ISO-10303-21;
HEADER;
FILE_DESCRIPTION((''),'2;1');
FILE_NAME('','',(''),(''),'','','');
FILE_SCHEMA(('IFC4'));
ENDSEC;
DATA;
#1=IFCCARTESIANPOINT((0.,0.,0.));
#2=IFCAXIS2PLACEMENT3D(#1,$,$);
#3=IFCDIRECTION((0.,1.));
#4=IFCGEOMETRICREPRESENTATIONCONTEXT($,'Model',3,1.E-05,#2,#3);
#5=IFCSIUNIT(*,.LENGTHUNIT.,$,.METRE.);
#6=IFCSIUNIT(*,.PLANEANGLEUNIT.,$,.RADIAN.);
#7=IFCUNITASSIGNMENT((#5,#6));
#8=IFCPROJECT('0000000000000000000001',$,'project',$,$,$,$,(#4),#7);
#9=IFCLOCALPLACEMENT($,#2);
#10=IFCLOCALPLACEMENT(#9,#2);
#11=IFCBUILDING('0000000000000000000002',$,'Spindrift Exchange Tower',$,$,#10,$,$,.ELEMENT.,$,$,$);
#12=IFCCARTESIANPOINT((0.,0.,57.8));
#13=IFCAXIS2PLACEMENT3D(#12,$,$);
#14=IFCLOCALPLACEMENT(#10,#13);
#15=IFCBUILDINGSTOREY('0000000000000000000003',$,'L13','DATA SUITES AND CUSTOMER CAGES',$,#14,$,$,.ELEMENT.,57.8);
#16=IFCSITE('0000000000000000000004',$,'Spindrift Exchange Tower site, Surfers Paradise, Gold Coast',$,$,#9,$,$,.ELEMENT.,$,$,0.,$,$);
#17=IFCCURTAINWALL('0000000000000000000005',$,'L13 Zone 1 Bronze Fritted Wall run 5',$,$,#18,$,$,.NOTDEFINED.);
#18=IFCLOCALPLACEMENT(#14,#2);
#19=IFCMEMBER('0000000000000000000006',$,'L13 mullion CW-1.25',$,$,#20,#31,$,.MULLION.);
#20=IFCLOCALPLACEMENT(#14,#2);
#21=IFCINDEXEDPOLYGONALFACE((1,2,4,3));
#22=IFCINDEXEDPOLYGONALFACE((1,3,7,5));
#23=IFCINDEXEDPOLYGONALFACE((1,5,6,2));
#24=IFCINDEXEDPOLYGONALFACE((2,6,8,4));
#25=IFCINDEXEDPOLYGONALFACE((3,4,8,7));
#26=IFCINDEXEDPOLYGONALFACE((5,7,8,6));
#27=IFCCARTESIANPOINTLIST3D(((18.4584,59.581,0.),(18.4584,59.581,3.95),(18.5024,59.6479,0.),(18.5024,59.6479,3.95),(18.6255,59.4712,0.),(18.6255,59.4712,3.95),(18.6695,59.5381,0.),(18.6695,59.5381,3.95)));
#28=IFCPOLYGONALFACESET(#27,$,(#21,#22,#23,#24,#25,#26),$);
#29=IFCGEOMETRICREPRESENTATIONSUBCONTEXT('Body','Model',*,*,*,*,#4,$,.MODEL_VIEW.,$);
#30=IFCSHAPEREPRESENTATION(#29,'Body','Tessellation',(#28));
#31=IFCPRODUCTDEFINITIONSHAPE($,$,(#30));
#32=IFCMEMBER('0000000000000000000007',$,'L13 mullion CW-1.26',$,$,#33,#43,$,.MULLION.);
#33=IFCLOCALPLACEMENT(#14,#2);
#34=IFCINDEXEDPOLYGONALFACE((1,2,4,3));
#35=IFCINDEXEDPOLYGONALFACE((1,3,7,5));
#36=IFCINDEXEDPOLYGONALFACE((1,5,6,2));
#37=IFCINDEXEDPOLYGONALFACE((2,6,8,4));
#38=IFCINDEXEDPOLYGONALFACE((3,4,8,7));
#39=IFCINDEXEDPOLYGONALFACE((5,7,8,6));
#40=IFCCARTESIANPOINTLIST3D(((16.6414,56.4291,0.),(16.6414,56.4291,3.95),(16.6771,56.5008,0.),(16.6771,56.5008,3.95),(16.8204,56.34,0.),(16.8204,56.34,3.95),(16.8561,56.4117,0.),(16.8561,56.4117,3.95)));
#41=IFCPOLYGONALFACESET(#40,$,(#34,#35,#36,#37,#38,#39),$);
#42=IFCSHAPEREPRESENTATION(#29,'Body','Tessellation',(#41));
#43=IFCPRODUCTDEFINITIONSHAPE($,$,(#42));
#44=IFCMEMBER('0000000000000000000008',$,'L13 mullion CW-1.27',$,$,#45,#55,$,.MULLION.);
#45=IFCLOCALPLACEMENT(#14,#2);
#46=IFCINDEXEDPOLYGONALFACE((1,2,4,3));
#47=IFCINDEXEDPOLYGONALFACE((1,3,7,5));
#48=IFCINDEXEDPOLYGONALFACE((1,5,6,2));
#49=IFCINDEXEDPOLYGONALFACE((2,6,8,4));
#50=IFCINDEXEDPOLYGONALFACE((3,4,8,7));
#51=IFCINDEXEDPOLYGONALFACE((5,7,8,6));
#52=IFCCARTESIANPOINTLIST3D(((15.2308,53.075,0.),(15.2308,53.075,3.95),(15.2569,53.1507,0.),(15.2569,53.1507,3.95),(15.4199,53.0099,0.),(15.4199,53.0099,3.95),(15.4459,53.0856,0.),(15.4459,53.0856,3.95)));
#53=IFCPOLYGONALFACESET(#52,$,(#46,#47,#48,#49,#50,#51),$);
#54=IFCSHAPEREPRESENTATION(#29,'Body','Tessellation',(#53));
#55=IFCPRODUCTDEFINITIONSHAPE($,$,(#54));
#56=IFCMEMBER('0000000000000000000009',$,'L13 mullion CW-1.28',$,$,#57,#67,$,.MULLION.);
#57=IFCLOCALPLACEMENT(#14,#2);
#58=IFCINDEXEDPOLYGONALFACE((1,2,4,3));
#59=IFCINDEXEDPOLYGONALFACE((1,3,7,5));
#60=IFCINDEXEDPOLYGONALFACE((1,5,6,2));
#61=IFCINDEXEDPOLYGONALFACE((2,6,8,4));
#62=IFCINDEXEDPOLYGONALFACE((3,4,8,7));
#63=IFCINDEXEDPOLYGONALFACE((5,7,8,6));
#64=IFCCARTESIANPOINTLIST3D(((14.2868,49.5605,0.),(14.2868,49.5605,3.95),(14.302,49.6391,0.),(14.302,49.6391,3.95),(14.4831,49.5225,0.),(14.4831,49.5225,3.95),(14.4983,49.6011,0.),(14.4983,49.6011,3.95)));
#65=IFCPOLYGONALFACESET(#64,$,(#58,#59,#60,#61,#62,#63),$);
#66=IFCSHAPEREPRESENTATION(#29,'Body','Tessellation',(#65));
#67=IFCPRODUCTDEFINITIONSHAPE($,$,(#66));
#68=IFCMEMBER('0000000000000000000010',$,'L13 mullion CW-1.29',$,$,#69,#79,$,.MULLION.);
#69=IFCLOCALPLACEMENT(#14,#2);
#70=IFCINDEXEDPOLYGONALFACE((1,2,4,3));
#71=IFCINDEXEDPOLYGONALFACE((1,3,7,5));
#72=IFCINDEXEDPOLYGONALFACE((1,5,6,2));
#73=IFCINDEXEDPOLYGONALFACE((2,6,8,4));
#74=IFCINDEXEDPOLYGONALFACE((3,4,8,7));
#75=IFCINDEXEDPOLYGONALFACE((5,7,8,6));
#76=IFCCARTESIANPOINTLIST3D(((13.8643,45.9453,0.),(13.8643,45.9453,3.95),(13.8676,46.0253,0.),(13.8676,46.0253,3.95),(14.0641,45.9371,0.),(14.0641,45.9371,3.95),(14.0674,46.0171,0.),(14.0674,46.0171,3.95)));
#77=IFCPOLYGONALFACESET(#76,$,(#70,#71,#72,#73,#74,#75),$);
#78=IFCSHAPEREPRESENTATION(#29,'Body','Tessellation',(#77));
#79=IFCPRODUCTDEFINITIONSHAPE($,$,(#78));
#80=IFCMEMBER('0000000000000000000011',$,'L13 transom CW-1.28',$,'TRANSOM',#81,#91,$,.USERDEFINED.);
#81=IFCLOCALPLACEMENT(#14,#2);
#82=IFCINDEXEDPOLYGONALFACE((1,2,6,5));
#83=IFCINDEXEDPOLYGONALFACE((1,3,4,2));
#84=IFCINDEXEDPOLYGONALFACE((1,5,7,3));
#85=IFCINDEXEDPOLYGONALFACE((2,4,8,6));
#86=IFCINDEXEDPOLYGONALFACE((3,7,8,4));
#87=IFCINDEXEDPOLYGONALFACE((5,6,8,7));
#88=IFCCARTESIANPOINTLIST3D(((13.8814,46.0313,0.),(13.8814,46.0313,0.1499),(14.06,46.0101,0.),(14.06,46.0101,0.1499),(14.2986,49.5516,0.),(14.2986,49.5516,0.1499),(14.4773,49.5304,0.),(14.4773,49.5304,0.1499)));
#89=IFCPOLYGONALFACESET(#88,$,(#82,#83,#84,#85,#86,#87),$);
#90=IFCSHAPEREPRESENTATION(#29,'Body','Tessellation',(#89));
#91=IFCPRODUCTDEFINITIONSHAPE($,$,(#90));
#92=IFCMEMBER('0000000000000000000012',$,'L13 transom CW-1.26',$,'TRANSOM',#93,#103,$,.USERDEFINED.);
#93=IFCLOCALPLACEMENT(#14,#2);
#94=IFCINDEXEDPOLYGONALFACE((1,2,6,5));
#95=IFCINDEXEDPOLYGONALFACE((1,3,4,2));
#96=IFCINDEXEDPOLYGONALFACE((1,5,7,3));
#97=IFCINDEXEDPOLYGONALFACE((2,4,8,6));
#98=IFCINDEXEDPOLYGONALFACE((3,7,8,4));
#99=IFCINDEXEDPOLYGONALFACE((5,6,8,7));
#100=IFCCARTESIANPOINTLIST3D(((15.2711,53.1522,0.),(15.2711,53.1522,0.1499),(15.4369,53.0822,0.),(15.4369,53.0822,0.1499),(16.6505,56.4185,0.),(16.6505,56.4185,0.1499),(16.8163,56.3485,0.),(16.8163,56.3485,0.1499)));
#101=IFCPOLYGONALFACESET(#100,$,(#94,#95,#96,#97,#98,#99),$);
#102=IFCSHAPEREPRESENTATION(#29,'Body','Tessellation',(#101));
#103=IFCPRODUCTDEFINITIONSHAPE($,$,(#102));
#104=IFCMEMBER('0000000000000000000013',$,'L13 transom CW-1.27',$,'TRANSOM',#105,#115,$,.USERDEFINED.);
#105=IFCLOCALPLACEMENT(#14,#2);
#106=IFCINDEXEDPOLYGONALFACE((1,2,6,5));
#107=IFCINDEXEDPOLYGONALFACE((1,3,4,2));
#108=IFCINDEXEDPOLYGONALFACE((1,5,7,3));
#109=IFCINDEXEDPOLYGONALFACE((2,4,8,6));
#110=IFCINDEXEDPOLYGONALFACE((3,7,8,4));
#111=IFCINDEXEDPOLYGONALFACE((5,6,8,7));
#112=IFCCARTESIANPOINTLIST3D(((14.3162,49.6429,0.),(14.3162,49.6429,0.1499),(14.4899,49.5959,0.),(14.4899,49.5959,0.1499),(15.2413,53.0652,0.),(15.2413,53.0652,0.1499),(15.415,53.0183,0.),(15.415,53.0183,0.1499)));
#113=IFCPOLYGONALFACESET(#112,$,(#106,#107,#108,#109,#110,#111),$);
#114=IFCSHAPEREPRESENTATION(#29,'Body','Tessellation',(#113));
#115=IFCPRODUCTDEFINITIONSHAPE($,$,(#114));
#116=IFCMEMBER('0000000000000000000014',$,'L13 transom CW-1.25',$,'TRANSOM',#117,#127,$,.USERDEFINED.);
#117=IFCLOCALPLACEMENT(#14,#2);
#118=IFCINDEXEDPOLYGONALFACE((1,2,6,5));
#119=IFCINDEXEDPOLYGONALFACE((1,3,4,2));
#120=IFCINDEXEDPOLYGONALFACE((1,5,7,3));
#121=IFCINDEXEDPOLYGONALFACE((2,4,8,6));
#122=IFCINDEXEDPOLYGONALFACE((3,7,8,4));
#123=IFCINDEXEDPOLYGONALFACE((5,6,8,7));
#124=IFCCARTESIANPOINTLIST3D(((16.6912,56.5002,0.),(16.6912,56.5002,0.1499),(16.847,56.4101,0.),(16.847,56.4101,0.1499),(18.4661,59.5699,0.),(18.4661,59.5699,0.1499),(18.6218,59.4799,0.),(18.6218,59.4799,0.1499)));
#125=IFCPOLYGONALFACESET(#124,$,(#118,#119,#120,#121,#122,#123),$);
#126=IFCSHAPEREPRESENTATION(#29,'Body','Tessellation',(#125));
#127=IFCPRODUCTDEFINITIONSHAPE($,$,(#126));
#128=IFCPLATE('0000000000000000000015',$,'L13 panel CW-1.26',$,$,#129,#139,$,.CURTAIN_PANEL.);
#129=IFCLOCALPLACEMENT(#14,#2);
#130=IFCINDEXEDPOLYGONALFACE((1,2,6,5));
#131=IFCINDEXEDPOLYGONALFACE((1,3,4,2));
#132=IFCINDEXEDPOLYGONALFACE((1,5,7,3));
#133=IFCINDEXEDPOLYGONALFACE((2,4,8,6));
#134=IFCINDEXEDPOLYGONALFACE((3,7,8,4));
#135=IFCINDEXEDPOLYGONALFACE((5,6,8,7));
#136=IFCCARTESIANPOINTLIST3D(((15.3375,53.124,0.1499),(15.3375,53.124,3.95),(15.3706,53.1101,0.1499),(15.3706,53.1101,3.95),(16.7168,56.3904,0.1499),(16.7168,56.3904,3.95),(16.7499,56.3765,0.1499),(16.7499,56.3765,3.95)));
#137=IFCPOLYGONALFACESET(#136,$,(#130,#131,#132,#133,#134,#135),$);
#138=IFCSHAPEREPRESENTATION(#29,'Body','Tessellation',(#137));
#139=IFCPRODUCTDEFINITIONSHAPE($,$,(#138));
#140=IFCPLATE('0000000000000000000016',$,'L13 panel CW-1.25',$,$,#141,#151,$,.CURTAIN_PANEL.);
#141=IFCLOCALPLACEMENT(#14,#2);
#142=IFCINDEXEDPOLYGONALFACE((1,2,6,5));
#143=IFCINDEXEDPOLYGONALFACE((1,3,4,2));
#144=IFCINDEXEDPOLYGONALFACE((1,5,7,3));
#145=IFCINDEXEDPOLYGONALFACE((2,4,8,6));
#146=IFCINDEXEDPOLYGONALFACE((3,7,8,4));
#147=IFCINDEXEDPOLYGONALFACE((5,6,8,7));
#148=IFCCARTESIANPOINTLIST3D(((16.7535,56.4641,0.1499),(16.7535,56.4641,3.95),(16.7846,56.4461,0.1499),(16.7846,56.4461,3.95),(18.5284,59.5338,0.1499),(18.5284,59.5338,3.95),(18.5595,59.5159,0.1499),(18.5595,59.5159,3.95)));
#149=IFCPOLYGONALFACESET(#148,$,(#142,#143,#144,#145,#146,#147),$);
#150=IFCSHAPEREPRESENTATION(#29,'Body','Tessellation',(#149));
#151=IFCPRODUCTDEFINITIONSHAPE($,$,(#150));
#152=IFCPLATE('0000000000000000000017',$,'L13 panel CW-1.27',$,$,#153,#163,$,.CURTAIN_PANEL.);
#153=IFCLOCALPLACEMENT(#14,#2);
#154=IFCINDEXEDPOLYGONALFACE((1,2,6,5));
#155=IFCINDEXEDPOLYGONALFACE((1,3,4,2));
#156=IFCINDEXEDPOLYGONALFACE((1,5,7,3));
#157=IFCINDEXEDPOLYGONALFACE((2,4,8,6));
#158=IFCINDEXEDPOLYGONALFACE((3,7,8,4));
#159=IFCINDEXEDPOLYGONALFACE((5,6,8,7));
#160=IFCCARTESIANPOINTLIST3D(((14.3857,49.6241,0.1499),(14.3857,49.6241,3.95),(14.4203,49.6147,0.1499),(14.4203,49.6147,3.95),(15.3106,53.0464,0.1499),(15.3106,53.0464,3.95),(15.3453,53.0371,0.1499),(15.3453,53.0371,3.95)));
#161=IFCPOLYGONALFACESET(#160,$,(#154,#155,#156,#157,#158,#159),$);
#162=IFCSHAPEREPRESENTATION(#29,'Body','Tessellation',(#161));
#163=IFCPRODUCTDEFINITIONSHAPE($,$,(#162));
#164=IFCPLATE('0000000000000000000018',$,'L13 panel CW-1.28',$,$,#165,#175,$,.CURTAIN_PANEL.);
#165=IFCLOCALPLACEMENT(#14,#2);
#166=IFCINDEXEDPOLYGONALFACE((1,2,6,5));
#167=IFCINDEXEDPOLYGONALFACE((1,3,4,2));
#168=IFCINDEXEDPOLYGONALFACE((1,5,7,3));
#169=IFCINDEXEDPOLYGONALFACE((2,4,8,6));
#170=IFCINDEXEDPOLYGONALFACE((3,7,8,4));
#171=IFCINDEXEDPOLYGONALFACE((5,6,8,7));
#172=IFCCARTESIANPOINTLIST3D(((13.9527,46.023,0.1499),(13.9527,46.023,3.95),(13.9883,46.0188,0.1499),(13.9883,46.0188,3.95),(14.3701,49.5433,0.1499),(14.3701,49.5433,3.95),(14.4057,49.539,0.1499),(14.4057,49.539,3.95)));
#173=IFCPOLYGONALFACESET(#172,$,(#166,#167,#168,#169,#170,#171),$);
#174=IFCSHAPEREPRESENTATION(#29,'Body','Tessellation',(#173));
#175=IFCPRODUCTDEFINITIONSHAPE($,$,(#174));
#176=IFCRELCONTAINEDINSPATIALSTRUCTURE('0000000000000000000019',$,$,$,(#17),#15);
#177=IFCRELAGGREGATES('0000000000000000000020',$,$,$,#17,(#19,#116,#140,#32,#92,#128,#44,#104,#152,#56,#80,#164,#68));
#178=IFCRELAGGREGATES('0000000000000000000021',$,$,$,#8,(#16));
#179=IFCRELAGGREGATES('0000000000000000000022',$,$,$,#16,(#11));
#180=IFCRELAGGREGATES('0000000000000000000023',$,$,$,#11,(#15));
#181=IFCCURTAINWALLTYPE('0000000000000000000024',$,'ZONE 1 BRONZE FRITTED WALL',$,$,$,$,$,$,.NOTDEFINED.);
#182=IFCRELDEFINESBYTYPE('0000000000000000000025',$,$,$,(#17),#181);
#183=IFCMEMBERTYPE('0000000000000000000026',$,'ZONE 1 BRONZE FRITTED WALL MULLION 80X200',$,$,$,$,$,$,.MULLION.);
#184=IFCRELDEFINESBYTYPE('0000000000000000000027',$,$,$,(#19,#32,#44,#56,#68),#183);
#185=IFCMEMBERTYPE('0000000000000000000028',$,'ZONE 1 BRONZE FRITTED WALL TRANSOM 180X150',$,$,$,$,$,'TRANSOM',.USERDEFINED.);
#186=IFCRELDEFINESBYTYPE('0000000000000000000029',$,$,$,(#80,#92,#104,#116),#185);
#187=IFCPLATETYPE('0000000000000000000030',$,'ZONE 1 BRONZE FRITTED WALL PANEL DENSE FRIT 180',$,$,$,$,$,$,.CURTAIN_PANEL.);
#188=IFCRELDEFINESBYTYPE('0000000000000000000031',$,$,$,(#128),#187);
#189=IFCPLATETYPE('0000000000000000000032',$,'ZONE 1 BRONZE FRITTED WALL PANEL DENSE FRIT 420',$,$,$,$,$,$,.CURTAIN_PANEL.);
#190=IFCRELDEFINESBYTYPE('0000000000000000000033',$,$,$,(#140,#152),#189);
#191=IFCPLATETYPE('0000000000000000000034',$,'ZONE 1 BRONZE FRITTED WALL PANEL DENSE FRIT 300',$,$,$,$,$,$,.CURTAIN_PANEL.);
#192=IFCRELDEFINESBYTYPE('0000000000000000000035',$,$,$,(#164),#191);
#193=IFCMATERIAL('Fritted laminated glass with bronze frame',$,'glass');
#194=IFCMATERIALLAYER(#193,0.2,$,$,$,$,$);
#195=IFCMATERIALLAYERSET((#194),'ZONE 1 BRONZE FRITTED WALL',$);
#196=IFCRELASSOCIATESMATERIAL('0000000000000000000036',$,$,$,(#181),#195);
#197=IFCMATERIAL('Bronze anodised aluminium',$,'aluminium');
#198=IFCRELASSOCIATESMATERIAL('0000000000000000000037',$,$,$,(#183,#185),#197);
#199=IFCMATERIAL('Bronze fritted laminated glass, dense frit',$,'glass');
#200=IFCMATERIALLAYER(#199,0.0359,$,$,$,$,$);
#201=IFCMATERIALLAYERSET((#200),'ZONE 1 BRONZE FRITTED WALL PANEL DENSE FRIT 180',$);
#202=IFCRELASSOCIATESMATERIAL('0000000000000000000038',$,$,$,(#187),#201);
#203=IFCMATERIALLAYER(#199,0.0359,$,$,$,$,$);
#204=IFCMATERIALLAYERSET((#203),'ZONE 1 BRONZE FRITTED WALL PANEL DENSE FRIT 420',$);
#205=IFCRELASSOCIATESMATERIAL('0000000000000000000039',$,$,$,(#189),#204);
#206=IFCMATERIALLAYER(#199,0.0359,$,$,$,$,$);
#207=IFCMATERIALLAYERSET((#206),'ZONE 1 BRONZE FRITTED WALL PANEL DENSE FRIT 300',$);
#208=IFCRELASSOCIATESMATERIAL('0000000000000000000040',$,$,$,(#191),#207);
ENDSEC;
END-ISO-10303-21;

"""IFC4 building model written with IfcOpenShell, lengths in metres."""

from ifc_helpers import new_model, si_unit, direction, frame, origin, origin_2d, place, context, subcontext, project, spatial, rectangle, extrude, source, transform, mapped, material, layer, layer_set, material_profile, profile_set, type_object, element, aggregate, save


model = new_model("IFC4")

# Units and contexts
model_context = context("Model", 3, precision=1e-05, world=origin(), true_north=direction((0.0, 1.0)))
body_context = subcontext(model_context, "Body", "Model", "MODEL_VIEW")
ifc_project = project(units=[si_unit("LENGTHUNIT", "METRE"), si_unit("PLANEANGLEUNIT", "RADIAN")], contexts=[model_context])

# Site, building, storey
site_placement = place(None, origin())
site = spatial("IfcSite", under=ifc_project, at=site_placement, Name="Spindrift Exchange Tower site, Surfers Paradise, Gold Coast", CompositionType="ELEMENT", RefElevation=0.0)
building_placement = place(site_placement, origin())
building = spatial("IfcBuilding", under=site, at=building_placement, Name="Spindrift Exchange Tower", CompositionType="ELEMENT")
storey_placement = place(building_placement, frame((0.0, 0.0, 57.8)))
storey = spatial("IfcBuildingStorey", under=building, at=storey_placement, Name="L13", Description="DATA SUITES AND CUSTOMER CAGES", CompositionType="ELEMENT", Elevation=57.8)

# Curtain wall, members, plates
ifc_material_1 = material(Name="Fritted laminated glass with bronze frame", Category="glass")
ifc_layer_1 = layer(ifc_material_1, 0.2)
ifc_layer_set_1 = layer_set([ifc_layer_1], Name="ZONE 1 BRONZE FRITTED WALL")
curtain_wall_type = type_object("IfcCurtainWallType", Name="ZONE 1 BRONZE FRITTED WALL", PredefinedType="NOTDEFINED", material=ifc_layer_set_1)
curtain_wall_placement = place(storey_placement, origin())
curtain_wall = element("IfcCurtainWall", 1, at=curtain_wall_placement, inside=storey, type_object=curtain_wall_type, Name="L13 Zone 1 Bronze Fritted Wall run 5", PredefinedType="NOTDEFINED")
ifc_material_2 = material(Name="Bronze anodised aluminium", Category="aluminium")
ifc_material_profile_1 = material_profile(ifc_material_2, rectangle(XDim=0.0801, YDim=0.2, at=origin_2d()), Name="ZONE 1 BRONZE FRITTED WALL MULLION 80X200")
ifc_profile_set_1 = profile_set([ifc_material_profile_1], Name="Bronze anodised aluminium")
member_type_1 = type_object("IfcMemberType", Name="ZONE 1 BRONZE FRITTED WALL MULLION 80X200", PredefinedType="MULLION", material=ifc_profile_set_1)
shared_shape_1 = source(origin(), body_context, "Body", "SweptSolid", [
    extrude(rectangle(XDim=0.0801, YDim=0.2, at=origin_2d()), origin(), (0.0, 0.0, 1.0), 3.95),
])
member_1_placement = place(storey_placement, frame((18.564, 59.5596, 0.0), z_axis=(0.0, 0.0, 1.0), x_axis=(-0.549162, -0.835716, 0.0)))
member_1 = element("IfcMember", 2, at=member_1_placement, type_object=member_type_1, Name="L13 mullion CW-1.25", PredefinedType="MULLION", context=body_context, shape_type="MappedRepresentation", body=[
    mapped(shared_shape_1, transform((0.0, 0.0, 0.0), scale=1.0)),
])
member_2_placement = place(storey_placement, frame((16.7488, 56.4204, 0.0), z_axis=(0.0, 0.0, 1.0), x_axis=(-0.44564, -0.895212, 0.0)))
member_2 = element("IfcMember", 3, at=member_2_placement, type_object=member_type_1, Name="L13 mullion CW-1.26", PredefinedType="MULLION", context=body_context, shape_type="MappedRepresentation", body=[
    mapped(shared_shape_1, transform((0.0, 0.0, 0.0), scale=1.0)),
])
member_3_placement = place(storey_placement, frame((15.3384, 53.0803, 0.0), z_axis=(0.0, 0.0, 1.0), x_axis=(-0.3257, -0.945473, 0.0)))
member_3 = element("IfcMember", 4, at=member_3_placement, type_object=member_type_1, Name="L13 mullion CW-1.27", PredefinedType="MULLION", context=body_context, shape_type="MappedRepresentation", body=[
    mapped(shared_shape_1, transform((0.0, 0.0, 0.0), scale=1.0)),
])
member_4_placement = place(storey_placement, frame((14.3926, 49.5808, 0.0), z_axis=(0.0, 0.0, 1.0), x_axis=(-0.189827, -0.981818, 0.0)))
member_4 = element("IfcMember", 5, at=member_4_placement, type_object=member_type_1, Name="L13 mullion CW-1.28", PredefinedType="MULLION", context=body_context, shape_type="MappedRepresentation", body=[
    mapped(shared_shape_1, transform((0.0, 0.0, 0.0), scale=1.0)),
])
member_5_placement = place(storey_placement, frame((13.9658, 45.9812, 0.0), z_axis=(0.0, 0.0, 1.0), x_axis=(-0.040908, -0.999163, 0.0)))
member_5 = element("IfcMember", 6, at=member_5_placement, type_object=member_type_1, Name="L13 mullion CW-1.29", PredefinedType="MULLION", context=body_context, shape_type="MappedRepresentation", body=[
    mapped(shared_shape_1, transform((0.0, 0.0, 0.0), scale=1.0)),
])
ifc_material_profile_2 = material_profile(ifc_material_2, rectangle(XDim=0.1799, YDim=0.1499, at=origin_2d()), Name="ZONE 1 BRONZE FRITTED WALL TRANSOM 180X150")
ifc_profile_set_2 = profile_set([ifc_material_profile_2], Name="Bronze anodised aluminium")
member_type_2 = type_object("IfcMemberType", Name="ZONE 1 BRONZE FRITTED WALL TRANSOM 180X150", ElementType="TRANSOM", PredefinedType="USERDEFINED", material=ifc_profile_set_2)
shared_shape_2 = source(origin(), body_context, "Body", "SweptSolid", [
    extrude(rectangle(XDim=0.1799, YDim=0.1499, at=origin_2d()), origin(), (0.0, 0.0, 1.0), 3.5449),
])
member_6_placement = place(storey_placement, frame((14.3879, 49.541, 0.075), z_axis=(-0.1177, -0.993049, 0.0), x_axis=(0.993049, -0.1177, 0.0)))
member_6 = element("IfcMember", 7, at=member_6_placement, type_object=member_type_2, Name="L13 transom CW-1.28", ObjectType="TRANSOM", PredefinedType="USERDEFINED", context=body_context, shape_type="MappedRepresentation", body=[
    mapped(shared_shape_2, transform((0.0, 0.0, 0.0), scale=1.0)),
])
shared_shape_3 = source(origin(), body_context, "Body", "SweptSolid", [
    extrude(rectangle(XDim=0.1799, YDim=0.1499, at=origin_2d()), origin(), (0.0, 0.0, 1.0), 3.5457),
])
member_7_placement = place(storey_placement, frame((16.7334, 56.3835, 0.075), z_axis=(-0.389036, -0.921223, 0.0), x_axis=(0.921223, -0.389036, 0.0)))
member_7 = element("IfcMember", 8, at=member_7_placement, type_object=member_type_2, Name="L13 transom CW-1.26", ObjectType="TRANSOM", PredefinedType="USERDEFINED", context=body_context, shape_type="MappedRepresentation", body=[
    mapped(shared_shape_3, transform((0.0, 0.0, 0.0), scale=1.0)),
])
shared_shape_4 = source(origin(), body_context, "Body", "SweptSolid", [
    extrude(rectangle(XDim=0.1799, YDim=0.1499, at=origin_2d()), origin(), (0.0, 0.0, 1.0), 3.5452),
])
member_8_placement = place(storey_placement, frame((15.3281, 53.0417, 0.075), z_axis=(-0.260932, -0.965357, 0.0), x_axis=(0.965357, -0.260932, 0.0)))
member_8 = element("IfcMember", 9, at=member_8_placement, type_object=member_type_2, Name="L13 transom CW-1.27", ObjectType="TRANSOM", PredefinedType="USERDEFINED", context=body_context, shape_type="MappedRepresentation", body=[
    mapped(shared_shape_4, transform((0.0, 0.0, 0.0), scale=1.0)),
])
shared_shape_5 = source(origin(), body_context, "Body", "SweptSolid", [
    extrude(rectangle(XDim=0.1799, YDim=0.1499, at=origin_2d()), origin(), (0.0, 0.0, 1.0), 3.5459),
])
member_9_placement = place(storey_placement, frame((18.5439, 59.5249, 0.075), z_axis=(-0.500537, -0.865715, 0.0), x_axis=(0.865715, -0.500537, 0.0)))
member_9 = element("IfcMember", 10, at=member_9_placement, type_object=member_type_2, Name="L13 transom CW-1.25", ObjectType="TRANSOM", PredefinedType="USERDEFINED", context=body_context, shape_type="MappedRepresentation", body=[
    mapped(shared_shape_5, transform((0.0, 0.0, 0.0), scale=1.0)),
])
ifc_material_3 = material(Name="Bronze fritted laminated glass, dense frit", Category="glass")
ifc_layer_2 = layer(ifc_material_3, 0.0359)
ifc_layer_set_2 = layer_set([ifc_layer_2], Name="ZONE 1 BRONZE FRITTED WALL PANEL DENSE FRIT 180")
plate_type_1 = type_object("IfcPlateType", Name="ZONE 1 BRONZE FRITTED WALL PANEL DENSE FRIT 180", PredefinedType="CURTAIN_PANEL", material=ifc_layer_set_2)
shared_shape_6 = source(origin(), body_context, "Body", "SweptSolid", [
    extrude(rectangle(XDim=3.5457, YDim=0.0359, at=origin_2d()), origin(), (0.0, 0.0, 1.0), 3.8),
])
plate_1_placement = place(storey_placement, frame((16.0437, 54.7502, 0.1499), z_axis=(0.0, 0.0, 1.0), x_axis=(-0.389003, -0.921236, 0.0)))
plate_1 = element("IfcPlate", 11, at=plate_1_placement, type_object=plate_type_1, Name="L13 panel CW-1.26", PredefinedType="CURTAIN_PANEL", context=body_context, shape_type="MappedRepresentation", body=[
    mapped(shared_shape_6, transform((0.0, 0.0, 0.0), scale=1.0)),
])
ifc_layer_3 = layer(ifc_material_3, 0.0359)
ifc_layer_set_3 = layer_set([ifc_layer_3], Name="ZONE 1 BRONZE FRITTED WALL PANEL DENSE FRIT 420")
plate_type_2 = type_object("IfcPlateType", Name="ZONE 1 BRONZE FRITTED WALL PANEL DENSE FRIT 420", PredefinedType="CURTAIN_PANEL", material=ifc_layer_set_3)
shared_shape_7 = source(origin(), body_context, "Body", "SweptSolid", [
    extrude(rectangle(XDim=3.5459, YDim=0.0359, at=origin_2d()), origin(), (0.0, 0.0, 1.0), 3.8),
])
plate_2_placement = place(storey_placement, frame((17.6565, 57.99, 0.1499), z_axis=(0.0, 0.0, 1.0), x_axis=(-0.500546, -0.86571, 0.0)))
plate_2 = element("IfcPlate", 12, at=plate_2_placement, type_object=plate_type_2, Name="L13 panel CW-1.25", PredefinedType="CURTAIN_PANEL", context=body_context, shape_type="MappedRepresentation", body=[
    mapped(shared_shape_7, transform((0.0, 0.0, 0.0), scale=1.0)),
])
shared_shape_8 = source(origin(), body_context, "Body", "SweptSolid", [
    extrude(rectangle(XDim=3.5452, YDim=0.0359, at=origin_2d()), origin(), (0.0, 0.0, 1.0), 3.8),
])
plate_3_placement = place(storey_placement, frame((14.8655, 51.3306, 0.1499), z_axis=(0.0, 0.0, 1.0), x_axis=(-0.260899, -0.965366, 0.0)))
plate_3 = element("IfcPlate", 13, at=plate_3_placement, type_object=plate_type_2, Name="L13 panel CW-1.27", PredefinedType="CURTAIN_PANEL", context=body_context, shape_type="MappedRepresentation", body=[
    mapped(shared_shape_8, transform((0.0, 0.0, 0.0), scale=1.0)),
])
ifc_layer_4 = layer(ifc_material_3, 0.0359)
ifc_layer_set_4 = layer_set([ifc_layer_4], Name="ZONE 1 BRONZE FRITTED WALL PANEL DENSE FRIT 300")
plate_type_3 = type_object("IfcPlateType", Name="ZONE 1 BRONZE FRITTED WALL PANEL DENSE FRIT 300", PredefinedType="CURTAIN_PANEL", material=ifc_layer_set_4)
shared_shape_9 = source(origin(), body_context, "Body", "SweptSolid", [
    extrude(rectangle(XDim=3.5449, YDim=0.0359, at=origin_2d()), origin(), (0.0, 0.0, 1.0), 3.8),
])
plate_4_placement = place(storey_placement, frame((14.1792, 47.781, 0.1499), z_axis=(0.0, 0.0, 1.0), x_axis=(-0.117744, -0.993044, 0.0)))
plate_4 = element("IfcPlate", 14, at=plate_4_placement, type_object=plate_type_3, Name="L13 panel CW-1.28", PredefinedType="CURTAIN_PANEL", context=body_context, shape_type="MappedRepresentation", body=[
    mapped(shared_shape_9, transform((0.0, 0.0, 0.0), scale=1.0)),
])
aggregate(curtain_wall, [member_1, member_9, plate_2, member_2, member_7, plate_1, member_3, member_8, plate_3, member_4, member_6, plate_4, member_5])

save(model, "model.ifc")
